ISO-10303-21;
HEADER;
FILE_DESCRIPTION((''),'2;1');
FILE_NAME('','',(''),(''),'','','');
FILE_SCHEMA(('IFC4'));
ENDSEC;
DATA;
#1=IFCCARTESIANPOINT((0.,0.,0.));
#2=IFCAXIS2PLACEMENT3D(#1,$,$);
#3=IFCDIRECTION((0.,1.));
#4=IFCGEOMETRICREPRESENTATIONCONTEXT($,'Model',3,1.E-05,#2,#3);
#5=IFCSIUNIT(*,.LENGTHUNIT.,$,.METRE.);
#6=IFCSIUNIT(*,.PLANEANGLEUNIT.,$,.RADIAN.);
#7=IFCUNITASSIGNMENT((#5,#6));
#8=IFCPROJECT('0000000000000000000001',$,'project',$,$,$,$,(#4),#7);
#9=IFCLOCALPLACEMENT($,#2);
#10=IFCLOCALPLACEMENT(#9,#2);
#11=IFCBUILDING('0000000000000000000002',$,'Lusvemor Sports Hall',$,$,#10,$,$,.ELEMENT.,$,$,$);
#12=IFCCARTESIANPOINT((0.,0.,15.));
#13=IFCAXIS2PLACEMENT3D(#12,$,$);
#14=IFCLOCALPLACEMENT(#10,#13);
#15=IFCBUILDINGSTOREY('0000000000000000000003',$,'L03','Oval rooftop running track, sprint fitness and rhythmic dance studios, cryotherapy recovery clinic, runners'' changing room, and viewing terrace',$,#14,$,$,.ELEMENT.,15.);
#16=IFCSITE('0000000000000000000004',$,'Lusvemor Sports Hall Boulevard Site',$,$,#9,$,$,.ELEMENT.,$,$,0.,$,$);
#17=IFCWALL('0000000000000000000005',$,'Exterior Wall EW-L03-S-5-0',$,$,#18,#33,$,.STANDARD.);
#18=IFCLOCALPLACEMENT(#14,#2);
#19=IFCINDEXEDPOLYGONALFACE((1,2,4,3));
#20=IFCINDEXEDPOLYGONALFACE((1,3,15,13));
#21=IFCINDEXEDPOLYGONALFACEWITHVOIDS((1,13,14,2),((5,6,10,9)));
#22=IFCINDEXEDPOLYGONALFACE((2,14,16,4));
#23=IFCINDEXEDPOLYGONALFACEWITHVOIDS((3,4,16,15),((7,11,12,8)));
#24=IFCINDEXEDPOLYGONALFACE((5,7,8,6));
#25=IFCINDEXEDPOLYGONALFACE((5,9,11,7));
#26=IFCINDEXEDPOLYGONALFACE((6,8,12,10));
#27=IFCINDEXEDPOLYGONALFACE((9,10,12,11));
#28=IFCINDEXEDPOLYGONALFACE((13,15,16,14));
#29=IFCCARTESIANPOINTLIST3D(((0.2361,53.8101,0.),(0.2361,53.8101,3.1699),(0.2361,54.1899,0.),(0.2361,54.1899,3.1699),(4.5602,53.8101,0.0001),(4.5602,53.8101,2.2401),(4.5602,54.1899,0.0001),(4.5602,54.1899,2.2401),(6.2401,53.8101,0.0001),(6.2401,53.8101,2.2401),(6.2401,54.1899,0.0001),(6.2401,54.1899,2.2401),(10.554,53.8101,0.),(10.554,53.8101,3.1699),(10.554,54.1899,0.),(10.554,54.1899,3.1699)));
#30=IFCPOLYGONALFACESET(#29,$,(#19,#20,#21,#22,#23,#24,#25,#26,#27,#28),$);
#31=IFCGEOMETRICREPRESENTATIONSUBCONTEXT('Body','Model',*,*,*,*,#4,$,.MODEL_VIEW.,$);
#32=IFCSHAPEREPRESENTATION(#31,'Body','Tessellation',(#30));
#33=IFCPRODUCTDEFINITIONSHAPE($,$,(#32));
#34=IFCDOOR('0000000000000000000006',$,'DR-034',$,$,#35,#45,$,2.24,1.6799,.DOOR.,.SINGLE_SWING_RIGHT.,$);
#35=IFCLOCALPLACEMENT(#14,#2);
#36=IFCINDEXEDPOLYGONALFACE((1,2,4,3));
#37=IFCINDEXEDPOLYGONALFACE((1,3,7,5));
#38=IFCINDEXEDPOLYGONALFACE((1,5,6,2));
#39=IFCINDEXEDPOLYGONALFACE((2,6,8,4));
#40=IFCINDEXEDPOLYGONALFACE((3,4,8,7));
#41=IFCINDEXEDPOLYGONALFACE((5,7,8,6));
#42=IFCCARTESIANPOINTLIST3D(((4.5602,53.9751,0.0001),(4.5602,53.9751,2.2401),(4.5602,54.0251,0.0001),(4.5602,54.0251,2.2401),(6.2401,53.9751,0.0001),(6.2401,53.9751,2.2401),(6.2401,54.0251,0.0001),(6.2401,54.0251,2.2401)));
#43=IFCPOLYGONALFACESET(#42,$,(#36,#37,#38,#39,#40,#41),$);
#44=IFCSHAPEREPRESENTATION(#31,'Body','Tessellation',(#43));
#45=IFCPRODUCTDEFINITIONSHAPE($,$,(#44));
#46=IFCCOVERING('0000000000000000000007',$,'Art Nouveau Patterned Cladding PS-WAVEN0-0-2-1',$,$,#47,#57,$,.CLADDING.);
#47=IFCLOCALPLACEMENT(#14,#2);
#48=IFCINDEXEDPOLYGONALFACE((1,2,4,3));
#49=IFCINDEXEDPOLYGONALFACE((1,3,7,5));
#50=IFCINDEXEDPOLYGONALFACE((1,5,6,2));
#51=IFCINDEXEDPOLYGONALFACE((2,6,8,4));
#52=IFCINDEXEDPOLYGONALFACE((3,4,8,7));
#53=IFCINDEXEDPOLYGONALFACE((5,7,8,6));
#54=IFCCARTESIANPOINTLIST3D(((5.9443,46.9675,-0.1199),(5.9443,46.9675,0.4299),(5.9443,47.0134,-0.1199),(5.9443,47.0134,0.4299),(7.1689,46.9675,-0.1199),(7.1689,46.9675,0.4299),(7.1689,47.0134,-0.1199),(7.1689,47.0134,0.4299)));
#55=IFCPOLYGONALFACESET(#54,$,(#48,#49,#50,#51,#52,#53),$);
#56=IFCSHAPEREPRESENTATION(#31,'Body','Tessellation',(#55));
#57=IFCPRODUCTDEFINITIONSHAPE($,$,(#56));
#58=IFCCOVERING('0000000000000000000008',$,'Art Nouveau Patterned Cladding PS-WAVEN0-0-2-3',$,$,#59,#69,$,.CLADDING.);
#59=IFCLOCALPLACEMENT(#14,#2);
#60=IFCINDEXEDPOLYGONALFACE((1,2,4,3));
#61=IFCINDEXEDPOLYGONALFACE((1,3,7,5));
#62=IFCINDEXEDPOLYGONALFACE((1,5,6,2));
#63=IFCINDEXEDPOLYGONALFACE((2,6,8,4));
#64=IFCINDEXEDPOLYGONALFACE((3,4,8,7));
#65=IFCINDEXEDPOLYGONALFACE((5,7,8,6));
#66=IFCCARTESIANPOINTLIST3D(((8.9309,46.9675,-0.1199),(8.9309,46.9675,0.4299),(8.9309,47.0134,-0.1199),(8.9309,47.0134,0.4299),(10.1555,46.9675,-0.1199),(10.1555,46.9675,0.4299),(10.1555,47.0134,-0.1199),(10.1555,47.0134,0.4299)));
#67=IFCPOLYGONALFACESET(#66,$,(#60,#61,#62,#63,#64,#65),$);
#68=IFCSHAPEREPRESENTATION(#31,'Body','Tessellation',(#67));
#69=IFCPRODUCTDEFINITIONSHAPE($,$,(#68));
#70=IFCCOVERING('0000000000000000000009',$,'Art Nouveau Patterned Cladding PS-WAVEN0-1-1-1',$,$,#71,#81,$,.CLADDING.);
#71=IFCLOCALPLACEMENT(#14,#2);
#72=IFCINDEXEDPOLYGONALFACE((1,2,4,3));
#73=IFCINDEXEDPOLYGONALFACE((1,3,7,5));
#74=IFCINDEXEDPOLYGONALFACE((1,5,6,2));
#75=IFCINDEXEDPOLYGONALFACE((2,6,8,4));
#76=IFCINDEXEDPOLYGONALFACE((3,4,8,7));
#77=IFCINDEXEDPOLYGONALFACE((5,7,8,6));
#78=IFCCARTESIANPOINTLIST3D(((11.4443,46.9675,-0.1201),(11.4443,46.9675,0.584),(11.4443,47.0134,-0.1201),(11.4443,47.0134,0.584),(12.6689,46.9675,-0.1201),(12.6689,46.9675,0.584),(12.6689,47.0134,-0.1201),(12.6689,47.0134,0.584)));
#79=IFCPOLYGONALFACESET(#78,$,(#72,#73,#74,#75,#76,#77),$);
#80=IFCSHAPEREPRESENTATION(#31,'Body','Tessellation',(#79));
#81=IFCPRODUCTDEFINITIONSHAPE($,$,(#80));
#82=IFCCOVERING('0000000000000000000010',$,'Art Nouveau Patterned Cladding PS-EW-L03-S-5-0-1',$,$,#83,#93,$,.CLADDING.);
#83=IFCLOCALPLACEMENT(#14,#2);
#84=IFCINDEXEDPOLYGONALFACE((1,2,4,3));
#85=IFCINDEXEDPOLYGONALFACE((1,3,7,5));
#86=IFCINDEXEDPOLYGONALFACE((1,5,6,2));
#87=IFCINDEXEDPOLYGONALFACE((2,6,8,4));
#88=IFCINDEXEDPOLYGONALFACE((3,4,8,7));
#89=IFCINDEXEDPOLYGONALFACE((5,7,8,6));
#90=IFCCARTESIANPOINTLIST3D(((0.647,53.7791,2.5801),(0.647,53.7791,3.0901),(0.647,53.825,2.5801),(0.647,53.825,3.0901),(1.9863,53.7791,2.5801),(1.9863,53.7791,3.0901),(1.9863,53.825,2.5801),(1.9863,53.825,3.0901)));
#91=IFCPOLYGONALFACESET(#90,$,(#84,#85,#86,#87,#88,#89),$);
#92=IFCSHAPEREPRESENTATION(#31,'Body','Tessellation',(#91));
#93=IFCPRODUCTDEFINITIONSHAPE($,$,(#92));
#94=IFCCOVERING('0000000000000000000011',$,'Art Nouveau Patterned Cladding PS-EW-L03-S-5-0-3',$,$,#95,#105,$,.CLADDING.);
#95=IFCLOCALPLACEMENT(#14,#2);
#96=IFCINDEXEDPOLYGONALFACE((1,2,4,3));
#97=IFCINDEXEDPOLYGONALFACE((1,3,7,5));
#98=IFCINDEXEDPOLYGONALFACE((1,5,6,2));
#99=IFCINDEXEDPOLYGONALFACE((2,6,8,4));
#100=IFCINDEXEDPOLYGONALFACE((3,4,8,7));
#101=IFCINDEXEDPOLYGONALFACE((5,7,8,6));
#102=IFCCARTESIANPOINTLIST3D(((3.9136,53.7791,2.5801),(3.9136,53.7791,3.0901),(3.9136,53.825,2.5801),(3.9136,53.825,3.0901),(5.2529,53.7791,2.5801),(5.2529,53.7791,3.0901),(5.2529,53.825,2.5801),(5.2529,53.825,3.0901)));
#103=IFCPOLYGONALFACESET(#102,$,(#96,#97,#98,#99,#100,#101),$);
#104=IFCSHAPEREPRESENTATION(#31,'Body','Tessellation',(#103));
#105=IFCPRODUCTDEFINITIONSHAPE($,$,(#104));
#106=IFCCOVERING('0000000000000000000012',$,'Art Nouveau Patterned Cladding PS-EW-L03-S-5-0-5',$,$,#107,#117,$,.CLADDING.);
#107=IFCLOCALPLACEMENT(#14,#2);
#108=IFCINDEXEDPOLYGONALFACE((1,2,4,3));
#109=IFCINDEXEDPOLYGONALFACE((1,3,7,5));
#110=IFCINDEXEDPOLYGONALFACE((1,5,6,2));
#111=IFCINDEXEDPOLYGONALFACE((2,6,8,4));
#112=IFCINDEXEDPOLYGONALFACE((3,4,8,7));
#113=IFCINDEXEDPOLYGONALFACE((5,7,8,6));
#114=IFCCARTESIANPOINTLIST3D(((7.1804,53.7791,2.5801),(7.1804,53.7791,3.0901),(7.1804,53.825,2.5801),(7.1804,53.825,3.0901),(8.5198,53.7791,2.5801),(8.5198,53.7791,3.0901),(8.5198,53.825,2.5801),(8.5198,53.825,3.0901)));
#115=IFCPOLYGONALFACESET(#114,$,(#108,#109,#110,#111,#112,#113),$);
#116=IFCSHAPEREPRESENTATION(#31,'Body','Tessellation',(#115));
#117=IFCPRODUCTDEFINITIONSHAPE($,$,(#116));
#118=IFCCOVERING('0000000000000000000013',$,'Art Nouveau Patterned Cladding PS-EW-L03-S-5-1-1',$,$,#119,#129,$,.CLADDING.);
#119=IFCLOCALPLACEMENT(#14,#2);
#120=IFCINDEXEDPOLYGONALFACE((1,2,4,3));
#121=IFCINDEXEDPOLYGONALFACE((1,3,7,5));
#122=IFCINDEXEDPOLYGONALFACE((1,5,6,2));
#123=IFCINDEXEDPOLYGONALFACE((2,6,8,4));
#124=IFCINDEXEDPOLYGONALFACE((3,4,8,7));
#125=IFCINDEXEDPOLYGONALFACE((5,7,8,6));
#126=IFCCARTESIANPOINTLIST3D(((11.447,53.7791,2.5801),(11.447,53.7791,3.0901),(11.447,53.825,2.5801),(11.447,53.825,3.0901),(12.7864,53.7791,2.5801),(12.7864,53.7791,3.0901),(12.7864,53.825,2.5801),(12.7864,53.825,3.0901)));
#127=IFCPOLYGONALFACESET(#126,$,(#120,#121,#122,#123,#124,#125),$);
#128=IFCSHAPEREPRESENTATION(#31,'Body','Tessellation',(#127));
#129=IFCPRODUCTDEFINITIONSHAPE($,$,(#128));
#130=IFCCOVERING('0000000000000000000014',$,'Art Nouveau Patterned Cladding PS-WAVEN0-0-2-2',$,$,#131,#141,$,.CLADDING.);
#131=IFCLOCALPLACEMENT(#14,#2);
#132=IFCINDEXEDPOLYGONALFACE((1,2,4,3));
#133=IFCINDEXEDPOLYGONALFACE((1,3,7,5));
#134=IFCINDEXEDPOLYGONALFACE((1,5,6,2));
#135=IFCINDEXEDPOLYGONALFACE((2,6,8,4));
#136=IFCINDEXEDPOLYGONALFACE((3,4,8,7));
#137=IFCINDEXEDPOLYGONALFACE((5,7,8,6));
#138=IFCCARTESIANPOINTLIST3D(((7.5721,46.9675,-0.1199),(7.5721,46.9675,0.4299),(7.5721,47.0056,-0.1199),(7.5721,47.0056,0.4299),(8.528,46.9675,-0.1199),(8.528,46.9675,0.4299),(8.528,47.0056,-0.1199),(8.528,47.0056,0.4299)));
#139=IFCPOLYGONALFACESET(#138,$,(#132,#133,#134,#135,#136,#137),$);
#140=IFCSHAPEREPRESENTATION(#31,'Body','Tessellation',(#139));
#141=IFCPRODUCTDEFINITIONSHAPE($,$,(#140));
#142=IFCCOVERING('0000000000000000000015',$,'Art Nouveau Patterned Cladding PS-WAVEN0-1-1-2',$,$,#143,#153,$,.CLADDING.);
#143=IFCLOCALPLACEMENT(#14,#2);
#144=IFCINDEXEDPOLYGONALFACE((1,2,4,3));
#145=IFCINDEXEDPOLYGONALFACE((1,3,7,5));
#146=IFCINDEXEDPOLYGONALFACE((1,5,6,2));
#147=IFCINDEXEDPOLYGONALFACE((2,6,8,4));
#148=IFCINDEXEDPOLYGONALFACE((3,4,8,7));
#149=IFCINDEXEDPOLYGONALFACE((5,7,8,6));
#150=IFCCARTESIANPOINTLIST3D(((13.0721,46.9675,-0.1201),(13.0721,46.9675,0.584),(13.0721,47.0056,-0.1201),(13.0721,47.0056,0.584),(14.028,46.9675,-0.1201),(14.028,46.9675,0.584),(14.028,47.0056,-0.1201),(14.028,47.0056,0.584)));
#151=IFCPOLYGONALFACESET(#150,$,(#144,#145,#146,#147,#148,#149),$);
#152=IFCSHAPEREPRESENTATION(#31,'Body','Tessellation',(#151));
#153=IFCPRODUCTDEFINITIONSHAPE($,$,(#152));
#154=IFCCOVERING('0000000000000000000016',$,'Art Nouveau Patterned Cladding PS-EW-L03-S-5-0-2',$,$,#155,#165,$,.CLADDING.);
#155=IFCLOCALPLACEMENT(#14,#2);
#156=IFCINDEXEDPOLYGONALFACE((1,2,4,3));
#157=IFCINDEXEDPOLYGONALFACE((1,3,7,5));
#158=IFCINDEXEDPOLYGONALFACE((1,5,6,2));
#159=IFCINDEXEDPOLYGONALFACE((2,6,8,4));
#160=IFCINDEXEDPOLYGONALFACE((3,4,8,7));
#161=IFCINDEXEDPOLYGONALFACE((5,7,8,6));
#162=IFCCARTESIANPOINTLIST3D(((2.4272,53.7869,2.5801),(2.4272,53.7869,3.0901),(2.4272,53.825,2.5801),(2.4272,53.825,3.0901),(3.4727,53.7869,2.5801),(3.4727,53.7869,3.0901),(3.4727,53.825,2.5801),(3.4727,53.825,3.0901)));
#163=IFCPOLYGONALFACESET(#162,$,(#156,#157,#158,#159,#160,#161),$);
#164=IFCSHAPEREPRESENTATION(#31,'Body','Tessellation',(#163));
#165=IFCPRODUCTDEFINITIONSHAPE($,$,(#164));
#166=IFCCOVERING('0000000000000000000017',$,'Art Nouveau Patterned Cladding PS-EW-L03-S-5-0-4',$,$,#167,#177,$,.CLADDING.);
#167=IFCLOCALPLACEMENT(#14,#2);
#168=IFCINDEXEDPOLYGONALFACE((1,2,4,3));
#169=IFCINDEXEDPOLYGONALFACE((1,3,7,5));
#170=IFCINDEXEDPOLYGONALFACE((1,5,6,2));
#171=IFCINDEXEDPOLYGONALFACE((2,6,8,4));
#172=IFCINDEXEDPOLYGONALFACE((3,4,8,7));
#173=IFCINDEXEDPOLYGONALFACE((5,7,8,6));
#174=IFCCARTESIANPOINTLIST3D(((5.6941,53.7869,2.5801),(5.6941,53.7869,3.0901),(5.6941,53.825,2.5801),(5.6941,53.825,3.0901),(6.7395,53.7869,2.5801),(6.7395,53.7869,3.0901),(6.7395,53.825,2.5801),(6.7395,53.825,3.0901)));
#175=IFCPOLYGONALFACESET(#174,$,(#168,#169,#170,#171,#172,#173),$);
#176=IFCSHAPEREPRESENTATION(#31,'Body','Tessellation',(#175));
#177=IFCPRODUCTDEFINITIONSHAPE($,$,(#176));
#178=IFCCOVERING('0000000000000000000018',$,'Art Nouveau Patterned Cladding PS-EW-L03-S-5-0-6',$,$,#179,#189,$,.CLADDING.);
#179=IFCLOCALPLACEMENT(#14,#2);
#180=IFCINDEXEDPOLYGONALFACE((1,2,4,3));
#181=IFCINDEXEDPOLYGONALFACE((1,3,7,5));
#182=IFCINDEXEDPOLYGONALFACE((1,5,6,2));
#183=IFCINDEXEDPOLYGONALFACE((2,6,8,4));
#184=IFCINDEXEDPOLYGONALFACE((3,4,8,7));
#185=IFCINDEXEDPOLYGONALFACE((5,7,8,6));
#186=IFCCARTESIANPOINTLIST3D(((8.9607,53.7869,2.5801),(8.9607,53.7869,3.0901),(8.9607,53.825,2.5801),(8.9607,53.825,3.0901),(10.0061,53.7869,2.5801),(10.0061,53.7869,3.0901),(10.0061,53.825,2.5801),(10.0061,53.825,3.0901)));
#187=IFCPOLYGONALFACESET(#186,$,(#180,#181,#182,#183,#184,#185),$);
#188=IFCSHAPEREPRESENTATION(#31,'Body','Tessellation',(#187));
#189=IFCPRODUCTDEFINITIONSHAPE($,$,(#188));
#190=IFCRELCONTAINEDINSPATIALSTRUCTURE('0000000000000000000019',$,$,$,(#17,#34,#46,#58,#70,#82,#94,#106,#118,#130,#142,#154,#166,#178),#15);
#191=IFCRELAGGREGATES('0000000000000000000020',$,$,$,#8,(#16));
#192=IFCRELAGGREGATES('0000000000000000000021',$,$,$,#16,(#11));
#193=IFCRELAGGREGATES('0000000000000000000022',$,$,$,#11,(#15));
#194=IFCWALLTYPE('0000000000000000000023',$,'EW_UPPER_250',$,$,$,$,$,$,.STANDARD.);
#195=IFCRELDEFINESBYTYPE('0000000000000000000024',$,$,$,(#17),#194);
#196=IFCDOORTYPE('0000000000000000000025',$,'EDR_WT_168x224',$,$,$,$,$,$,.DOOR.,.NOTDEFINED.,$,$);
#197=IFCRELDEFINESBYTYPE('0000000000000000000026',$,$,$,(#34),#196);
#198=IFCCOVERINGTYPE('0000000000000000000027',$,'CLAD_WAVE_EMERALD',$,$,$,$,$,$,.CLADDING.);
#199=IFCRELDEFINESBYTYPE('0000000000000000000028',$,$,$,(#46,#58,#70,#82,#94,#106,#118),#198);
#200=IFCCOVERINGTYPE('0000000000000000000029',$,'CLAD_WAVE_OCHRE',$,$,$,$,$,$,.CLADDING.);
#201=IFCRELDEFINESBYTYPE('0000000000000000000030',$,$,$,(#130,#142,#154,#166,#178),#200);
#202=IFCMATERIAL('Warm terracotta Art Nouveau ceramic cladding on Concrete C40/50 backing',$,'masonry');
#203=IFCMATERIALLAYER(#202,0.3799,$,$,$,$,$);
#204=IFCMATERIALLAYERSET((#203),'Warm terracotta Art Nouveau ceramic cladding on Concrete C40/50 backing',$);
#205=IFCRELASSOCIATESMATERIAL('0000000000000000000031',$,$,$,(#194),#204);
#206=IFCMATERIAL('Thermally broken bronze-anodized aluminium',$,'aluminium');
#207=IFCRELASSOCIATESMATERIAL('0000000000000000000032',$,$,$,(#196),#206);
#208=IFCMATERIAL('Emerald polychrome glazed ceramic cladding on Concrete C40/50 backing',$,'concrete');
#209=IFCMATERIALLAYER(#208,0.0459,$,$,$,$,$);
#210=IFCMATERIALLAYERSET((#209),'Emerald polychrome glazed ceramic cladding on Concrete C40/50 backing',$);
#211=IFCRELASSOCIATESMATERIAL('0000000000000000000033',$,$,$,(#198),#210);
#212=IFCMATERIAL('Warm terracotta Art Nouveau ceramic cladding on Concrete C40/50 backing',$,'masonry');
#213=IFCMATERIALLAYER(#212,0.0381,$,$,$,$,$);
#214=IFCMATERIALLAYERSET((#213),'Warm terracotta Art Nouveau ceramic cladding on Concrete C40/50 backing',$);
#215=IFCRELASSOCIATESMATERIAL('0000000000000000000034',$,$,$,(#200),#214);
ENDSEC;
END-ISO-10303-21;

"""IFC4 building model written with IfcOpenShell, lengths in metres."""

from ifc_helpers import new_model, si_unit, direction, frame, frame_2d, origin, origin_2d, place, context, subcontext, project, spatial, rectangle, extrude, material, layer, layer_set, type_object, element, fill, save


model = new_model("IFC4")

# Units and contexts
model_context = context("Model", 3, precision=1e-05, world=origin(), true_north=direction((0.0, 1.0)))
body_context = subcontext(model_context, "Body", "Model", "MODEL_VIEW")
ifc_project = project(units=[si_unit("LENGTHUNIT", "METRE"), si_unit("PLANEANGLEUNIT", "RADIAN")], contexts=[model_context])

# Site, building, storey
site_placement = place(None, origin())
site = spatial("IfcSite", under=ifc_project, at=site_placement, Name="Lusvemor Sports Hall Boulevard Site", CompositionType="ELEMENT", RefElevation=0.0)
building_placement = place(site_placement, origin())
building = spatial("IfcBuilding", under=site, at=building_placement, Name="Lusvemor Sports Hall", CompositionType="ELEMENT")
storey_placement = place(building_placement, frame((0.0, 0.0, 15.0)))
storey = spatial("IfcBuildingStorey", under=building, at=storey_placement, Name="L03", Description="Oval rooftop running track, sprint fitness and rhythmic dance studios, cryotherapy recovery clinic, runners' changing room, and viewing terrace", CompositionType="ELEMENT", Elevation=15.0)

# Wall, opening, door
ifc_material_1 = material(Name="Warm terracotta Art Nouveau ceramic cladding on Concrete C40/50 backing", Category="masonry")
ifc_layer_1 = layer(ifc_material_1, 0.3799)
ifc_layer_set_1 = layer_set([ifc_layer_1], Name="Warm terracotta Art Nouveau ceramic cladding on Concrete C40/50 backing")
wall_type = type_object("IfcWallType", Name="EW_UPPER_250", PredefinedType="STANDARD", material=ifc_layer_set_1)
wall_placement = place(storey_placement, frame((10.554, 54.0, 0.0), z_axis=(0.0, 0.0, 1.0), x_axis=(-1.0, 0.0, 0.0)))
wall = element("IfcWall", 1, at=wall_placement, inside=storey, type_object=wall_type, Name="Exterior Wall EW-L03-S-5-0", PredefinedType="STANDARD", context=body_context, shape_type="SweptSolid", body=[
    extrude(rectangle(XDim=10.3179, YDim=0.3799, at=frame_2d((5.1589, 0.0))), origin(), (0.0, 0.0, 1.0), 3.1699),
])
opening_placement = place(wall_placement, frame((4.314, 0.0, 0.0)))
opening = element("IfcOpeningElement", 2, at=opening_placement, cuts=wall, PredefinedType="OPENING", context=body_context, shape_type="SweptSolid", body=[
    extrude(rectangle(XDim=1.6799, YDim=2.24, at=frame_2d((0.8398, 1.1201))), frame((0.0, 0.1899, 0.0), z_axis=(0.0, -1.0, 0.0), x_axis=(1.0, 0.0, 0.0)), (0.0, 0.0, 1.0), 0.3799),
])
ifc_material_2 = material(Name="Thermally broken bronze-anodized aluminium", Category="aluminium")
door_type = type_object("IfcDoorType", Name="EDR_WT_168x224", OperationType="NOTDEFINED", PredefinedType="DOOR", material=ifc_material_2)
door_placement = place(opening_placement, origin())
door = element("IfcDoor", 3, at=door_placement, inside=storey, type_object=door_type, Name="DR-034", OperationType="SINGLE_SWING_RIGHT", OverallHeight=2.24, OverallWidth=1.6799, PredefinedType="DOOR", context=body_context, shape_type="SweptSolid", body=[
    extrude(rectangle(XDim=1.6799, YDim=2.24, at=frame_2d((0.8398, 1.1201))), frame((0.0, 0.0249, 0.0), z_axis=(0.0, -1.0, 0.0), x_axis=(1.0, 0.0, 0.0)), (0.0, 0.0, 1.0), 0.05),
])
fill(opening, door)

# Coverings
ifc_material_3 = material(Name="Emerald polychrome glazed ceramic cladding on Concrete C40/50 backing", Category="concrete")
ifc_layer_2 = layer(ifc_material_3, 0.0459)
ifc_layer_set_2 = layer_set([ifc_layer_2], Name="Emerald polychrome glazed ceramic cladding on Concrete C40/50 backing")
covering_type_1 = type_object("IfcCoveringType", Name="CLAD_WAVE_EMERALD", PredefinedType="CLADDING", material=ifc_layer_set_2)
for number, where, z_axis, x_axis, name in (
    (4, (6.5566, 46.9905, -0.1199), (0.0, 0.0, 1.0), (1.0, 0.0, 0.0), "Art Nouveau Patterned Cladding PS-WAVEN0-0-2-1"),
    (5, (9.5432, 46.9905, -0.1199), (0.0, 0.0, 1.0), (1.0, 0.0, 0.0), "Art Nouveau Patterned Cladding PS-WAVEN0-0-2-3"),
):
    element("IfcCovering", number, at=place(storey_placement, frame(where, z_axis=z_axis, x_axis=x_axis)), inside=storey, type_object=covering_type_1, Name=name, PredefinedType="CLADDING", context=body_context, shape_type="SweptSolid", body=[
        extrude(rectangle(XDim=1.2246, YDim=0.0459, at=origin_2d()), origin(), (0.0, 0.0, 1.0), 0.5498),
    ])
covering_1_placement = place(storey_placement, frame((12.0566, 46.9905, -0.1201), z_axis=(0.0, 0.0, 1.0), x_axis=(1.0, 0.0, 0.0)))
element("IfcCovering", 6, at=covering_1_placement, inside=storey, type_object=covering_type_1, Name="Art Nouveau Patterned Cladding PS-WAVEN0-1-1-1", PredefinedType="CLADDING", context=body_context, shape_type="SweptSolid", body=[
    extrude(rectangle(XDim=1.2246, YDim=0.0459, at=origin_2d()), origin(), (0.0, 0.0, 1.0), 0.7041),
])
for number, where, z_axis, x_axis, name in (
    (7, (1.3167, 53.802, 2.5801), (0.0, 0.0, 1.0), (1.0, 0.0, 0.0), "Art Nouveau Patterned Cladding PS-EW-L03-S-5-0-1"),
    (8, (4.5833, 53.802, 2.5801), (0.0, 0.0, 1.0), (1.0, 0.0, 0.0), "Art Nouveau Patterned Cladding PS-EW-L03-S-5-0-3"),
    (9, (7.8501, 53.802, 2.5801), (0.0, 0.0, 1.0), (1.0, 0.0, 0.0), "Art Nouveau Patterned Cladding PS-EW-L03-S-5-0-5"),
    (10, (12.1167, 53.802, 2.5801), (0.0, 0.0, 1.0), (1.0, 0.0, 0.0), "Art Nouveau Patterned Cladding PS-EW-L03-S-5-1-1"),
):
    element("IfcCovering", number, at=place(storey_placement, frame(where, z_axis=z_axis, x_axis=x_axis)), inside=storey, type_object=covering_type_1, Name=name, PredefinedType="CLADDING", context=body_context, shape_type="SweptSolid", body=[
        extrude(rectangle(XDim=1.3394, YDim=0.0459, at=origin_2d()), origin(), (0.0, 0.0, 1.0), 0.51),
    ])
ifc_material_4 = material(Name="Warm terracotta Art Nouveau ceramic cladding on Concrete C40/50 backing", Category="masonry")
ifc_layer_3 = layer(ifc_material_4, 0.0381)
ifc_layer_set_3 = layer_set([ifc_layer_3], Name="Warm terracotta Art Nouveau ceramic cladding on Concrete C40/50 backing")
covering_type_2 = type_object("IfcCoveringType", Name="CLAD_WAVE_OCHRE", PredefinedType="CLADDING", material=ifc_layer_set_3)
covering_2_placement = place(storey_placement, frame((8.05, 46.9866, -0.1199), z_axis=(0.0, 0.0, 1.0), x_axis=(1.0, 0.0, 0.0)))
element("IfcCovering", 11, at=covering_2_placement, inside=storey, type_object=covering_type_2, Name="Art Nouveau Patterned Cladding PS-WAVEN0-0-2-2", PredefinedType="CLADDING", context=body_context, shape_type="SweptSolid", body=[
    extrude(rectangle(XDim=0.9558, YDim=0.0381, at=origin_2d()), origin(), (0.0, 0.0, 1.0), 0.5498),
])
covering_3_placement = place(storey_placement, frame((13.55, 46.9866, -0.1201), z_axis=(0.0, 0.0, 1.0), x_axis=(1.0, 0.0, 0.0)))
element("IfcCovering", 12, at=covering_3_placement, inside=storey, type_object=covering_type_2, Name="Art Nouveau Patterned Cladding PS-WAVEN0-1-1-2", PredefinedType="CLADDING", context=body_context, shape_type="SweptSolid", body=[
    extrude(rectangle(XDim=0.9558, YDim=0.0381, at=origin_2d()), origin(), (0.0, 0.0, 1.0), 0.7041),
])
for number, where, z_axis, x_axis, name in (
    (13, (2.95, 53.8059, 2.5801), (0.0, 0.0, 1.0), (1.0, 0.0, 0.0), "Art Nouveau Patterned Cladding PS-EW-L03-S-5-0-2"),
    (14, (6.2168, 53.8059, 2.5801), (0.0, 0.0, 1.0), (1.0, 0.0, 0.0), "Art Nouveau Patterned Cladding PS-EW-L03-S-5-0-4"),
    (15, (9.4834, 53.8059, 2.5801), (0.0, 0.0, 1.0), (1.0, 0.0, 0.0), "Art Nouveau Patterned Cladding PS-EW-L03-S-5-0-6"),
):
    element("IfcCovering", number, at=place(storey_placement, frame(where, z_axis=z_axis, x_axis=x_axis)), inside=storey, type_object=covering_type_2, Name=name, PredefinedType="CLADDING", context=body_context, shape_type="SweptSolid", body=[
        extrude(rectangle(XDim=1.0454, YDim=0.0381, at=origin_2d()), origin(), (0.0, 0.0, 1.0), 0.51),
    ])

save(model, "model.ifc")
